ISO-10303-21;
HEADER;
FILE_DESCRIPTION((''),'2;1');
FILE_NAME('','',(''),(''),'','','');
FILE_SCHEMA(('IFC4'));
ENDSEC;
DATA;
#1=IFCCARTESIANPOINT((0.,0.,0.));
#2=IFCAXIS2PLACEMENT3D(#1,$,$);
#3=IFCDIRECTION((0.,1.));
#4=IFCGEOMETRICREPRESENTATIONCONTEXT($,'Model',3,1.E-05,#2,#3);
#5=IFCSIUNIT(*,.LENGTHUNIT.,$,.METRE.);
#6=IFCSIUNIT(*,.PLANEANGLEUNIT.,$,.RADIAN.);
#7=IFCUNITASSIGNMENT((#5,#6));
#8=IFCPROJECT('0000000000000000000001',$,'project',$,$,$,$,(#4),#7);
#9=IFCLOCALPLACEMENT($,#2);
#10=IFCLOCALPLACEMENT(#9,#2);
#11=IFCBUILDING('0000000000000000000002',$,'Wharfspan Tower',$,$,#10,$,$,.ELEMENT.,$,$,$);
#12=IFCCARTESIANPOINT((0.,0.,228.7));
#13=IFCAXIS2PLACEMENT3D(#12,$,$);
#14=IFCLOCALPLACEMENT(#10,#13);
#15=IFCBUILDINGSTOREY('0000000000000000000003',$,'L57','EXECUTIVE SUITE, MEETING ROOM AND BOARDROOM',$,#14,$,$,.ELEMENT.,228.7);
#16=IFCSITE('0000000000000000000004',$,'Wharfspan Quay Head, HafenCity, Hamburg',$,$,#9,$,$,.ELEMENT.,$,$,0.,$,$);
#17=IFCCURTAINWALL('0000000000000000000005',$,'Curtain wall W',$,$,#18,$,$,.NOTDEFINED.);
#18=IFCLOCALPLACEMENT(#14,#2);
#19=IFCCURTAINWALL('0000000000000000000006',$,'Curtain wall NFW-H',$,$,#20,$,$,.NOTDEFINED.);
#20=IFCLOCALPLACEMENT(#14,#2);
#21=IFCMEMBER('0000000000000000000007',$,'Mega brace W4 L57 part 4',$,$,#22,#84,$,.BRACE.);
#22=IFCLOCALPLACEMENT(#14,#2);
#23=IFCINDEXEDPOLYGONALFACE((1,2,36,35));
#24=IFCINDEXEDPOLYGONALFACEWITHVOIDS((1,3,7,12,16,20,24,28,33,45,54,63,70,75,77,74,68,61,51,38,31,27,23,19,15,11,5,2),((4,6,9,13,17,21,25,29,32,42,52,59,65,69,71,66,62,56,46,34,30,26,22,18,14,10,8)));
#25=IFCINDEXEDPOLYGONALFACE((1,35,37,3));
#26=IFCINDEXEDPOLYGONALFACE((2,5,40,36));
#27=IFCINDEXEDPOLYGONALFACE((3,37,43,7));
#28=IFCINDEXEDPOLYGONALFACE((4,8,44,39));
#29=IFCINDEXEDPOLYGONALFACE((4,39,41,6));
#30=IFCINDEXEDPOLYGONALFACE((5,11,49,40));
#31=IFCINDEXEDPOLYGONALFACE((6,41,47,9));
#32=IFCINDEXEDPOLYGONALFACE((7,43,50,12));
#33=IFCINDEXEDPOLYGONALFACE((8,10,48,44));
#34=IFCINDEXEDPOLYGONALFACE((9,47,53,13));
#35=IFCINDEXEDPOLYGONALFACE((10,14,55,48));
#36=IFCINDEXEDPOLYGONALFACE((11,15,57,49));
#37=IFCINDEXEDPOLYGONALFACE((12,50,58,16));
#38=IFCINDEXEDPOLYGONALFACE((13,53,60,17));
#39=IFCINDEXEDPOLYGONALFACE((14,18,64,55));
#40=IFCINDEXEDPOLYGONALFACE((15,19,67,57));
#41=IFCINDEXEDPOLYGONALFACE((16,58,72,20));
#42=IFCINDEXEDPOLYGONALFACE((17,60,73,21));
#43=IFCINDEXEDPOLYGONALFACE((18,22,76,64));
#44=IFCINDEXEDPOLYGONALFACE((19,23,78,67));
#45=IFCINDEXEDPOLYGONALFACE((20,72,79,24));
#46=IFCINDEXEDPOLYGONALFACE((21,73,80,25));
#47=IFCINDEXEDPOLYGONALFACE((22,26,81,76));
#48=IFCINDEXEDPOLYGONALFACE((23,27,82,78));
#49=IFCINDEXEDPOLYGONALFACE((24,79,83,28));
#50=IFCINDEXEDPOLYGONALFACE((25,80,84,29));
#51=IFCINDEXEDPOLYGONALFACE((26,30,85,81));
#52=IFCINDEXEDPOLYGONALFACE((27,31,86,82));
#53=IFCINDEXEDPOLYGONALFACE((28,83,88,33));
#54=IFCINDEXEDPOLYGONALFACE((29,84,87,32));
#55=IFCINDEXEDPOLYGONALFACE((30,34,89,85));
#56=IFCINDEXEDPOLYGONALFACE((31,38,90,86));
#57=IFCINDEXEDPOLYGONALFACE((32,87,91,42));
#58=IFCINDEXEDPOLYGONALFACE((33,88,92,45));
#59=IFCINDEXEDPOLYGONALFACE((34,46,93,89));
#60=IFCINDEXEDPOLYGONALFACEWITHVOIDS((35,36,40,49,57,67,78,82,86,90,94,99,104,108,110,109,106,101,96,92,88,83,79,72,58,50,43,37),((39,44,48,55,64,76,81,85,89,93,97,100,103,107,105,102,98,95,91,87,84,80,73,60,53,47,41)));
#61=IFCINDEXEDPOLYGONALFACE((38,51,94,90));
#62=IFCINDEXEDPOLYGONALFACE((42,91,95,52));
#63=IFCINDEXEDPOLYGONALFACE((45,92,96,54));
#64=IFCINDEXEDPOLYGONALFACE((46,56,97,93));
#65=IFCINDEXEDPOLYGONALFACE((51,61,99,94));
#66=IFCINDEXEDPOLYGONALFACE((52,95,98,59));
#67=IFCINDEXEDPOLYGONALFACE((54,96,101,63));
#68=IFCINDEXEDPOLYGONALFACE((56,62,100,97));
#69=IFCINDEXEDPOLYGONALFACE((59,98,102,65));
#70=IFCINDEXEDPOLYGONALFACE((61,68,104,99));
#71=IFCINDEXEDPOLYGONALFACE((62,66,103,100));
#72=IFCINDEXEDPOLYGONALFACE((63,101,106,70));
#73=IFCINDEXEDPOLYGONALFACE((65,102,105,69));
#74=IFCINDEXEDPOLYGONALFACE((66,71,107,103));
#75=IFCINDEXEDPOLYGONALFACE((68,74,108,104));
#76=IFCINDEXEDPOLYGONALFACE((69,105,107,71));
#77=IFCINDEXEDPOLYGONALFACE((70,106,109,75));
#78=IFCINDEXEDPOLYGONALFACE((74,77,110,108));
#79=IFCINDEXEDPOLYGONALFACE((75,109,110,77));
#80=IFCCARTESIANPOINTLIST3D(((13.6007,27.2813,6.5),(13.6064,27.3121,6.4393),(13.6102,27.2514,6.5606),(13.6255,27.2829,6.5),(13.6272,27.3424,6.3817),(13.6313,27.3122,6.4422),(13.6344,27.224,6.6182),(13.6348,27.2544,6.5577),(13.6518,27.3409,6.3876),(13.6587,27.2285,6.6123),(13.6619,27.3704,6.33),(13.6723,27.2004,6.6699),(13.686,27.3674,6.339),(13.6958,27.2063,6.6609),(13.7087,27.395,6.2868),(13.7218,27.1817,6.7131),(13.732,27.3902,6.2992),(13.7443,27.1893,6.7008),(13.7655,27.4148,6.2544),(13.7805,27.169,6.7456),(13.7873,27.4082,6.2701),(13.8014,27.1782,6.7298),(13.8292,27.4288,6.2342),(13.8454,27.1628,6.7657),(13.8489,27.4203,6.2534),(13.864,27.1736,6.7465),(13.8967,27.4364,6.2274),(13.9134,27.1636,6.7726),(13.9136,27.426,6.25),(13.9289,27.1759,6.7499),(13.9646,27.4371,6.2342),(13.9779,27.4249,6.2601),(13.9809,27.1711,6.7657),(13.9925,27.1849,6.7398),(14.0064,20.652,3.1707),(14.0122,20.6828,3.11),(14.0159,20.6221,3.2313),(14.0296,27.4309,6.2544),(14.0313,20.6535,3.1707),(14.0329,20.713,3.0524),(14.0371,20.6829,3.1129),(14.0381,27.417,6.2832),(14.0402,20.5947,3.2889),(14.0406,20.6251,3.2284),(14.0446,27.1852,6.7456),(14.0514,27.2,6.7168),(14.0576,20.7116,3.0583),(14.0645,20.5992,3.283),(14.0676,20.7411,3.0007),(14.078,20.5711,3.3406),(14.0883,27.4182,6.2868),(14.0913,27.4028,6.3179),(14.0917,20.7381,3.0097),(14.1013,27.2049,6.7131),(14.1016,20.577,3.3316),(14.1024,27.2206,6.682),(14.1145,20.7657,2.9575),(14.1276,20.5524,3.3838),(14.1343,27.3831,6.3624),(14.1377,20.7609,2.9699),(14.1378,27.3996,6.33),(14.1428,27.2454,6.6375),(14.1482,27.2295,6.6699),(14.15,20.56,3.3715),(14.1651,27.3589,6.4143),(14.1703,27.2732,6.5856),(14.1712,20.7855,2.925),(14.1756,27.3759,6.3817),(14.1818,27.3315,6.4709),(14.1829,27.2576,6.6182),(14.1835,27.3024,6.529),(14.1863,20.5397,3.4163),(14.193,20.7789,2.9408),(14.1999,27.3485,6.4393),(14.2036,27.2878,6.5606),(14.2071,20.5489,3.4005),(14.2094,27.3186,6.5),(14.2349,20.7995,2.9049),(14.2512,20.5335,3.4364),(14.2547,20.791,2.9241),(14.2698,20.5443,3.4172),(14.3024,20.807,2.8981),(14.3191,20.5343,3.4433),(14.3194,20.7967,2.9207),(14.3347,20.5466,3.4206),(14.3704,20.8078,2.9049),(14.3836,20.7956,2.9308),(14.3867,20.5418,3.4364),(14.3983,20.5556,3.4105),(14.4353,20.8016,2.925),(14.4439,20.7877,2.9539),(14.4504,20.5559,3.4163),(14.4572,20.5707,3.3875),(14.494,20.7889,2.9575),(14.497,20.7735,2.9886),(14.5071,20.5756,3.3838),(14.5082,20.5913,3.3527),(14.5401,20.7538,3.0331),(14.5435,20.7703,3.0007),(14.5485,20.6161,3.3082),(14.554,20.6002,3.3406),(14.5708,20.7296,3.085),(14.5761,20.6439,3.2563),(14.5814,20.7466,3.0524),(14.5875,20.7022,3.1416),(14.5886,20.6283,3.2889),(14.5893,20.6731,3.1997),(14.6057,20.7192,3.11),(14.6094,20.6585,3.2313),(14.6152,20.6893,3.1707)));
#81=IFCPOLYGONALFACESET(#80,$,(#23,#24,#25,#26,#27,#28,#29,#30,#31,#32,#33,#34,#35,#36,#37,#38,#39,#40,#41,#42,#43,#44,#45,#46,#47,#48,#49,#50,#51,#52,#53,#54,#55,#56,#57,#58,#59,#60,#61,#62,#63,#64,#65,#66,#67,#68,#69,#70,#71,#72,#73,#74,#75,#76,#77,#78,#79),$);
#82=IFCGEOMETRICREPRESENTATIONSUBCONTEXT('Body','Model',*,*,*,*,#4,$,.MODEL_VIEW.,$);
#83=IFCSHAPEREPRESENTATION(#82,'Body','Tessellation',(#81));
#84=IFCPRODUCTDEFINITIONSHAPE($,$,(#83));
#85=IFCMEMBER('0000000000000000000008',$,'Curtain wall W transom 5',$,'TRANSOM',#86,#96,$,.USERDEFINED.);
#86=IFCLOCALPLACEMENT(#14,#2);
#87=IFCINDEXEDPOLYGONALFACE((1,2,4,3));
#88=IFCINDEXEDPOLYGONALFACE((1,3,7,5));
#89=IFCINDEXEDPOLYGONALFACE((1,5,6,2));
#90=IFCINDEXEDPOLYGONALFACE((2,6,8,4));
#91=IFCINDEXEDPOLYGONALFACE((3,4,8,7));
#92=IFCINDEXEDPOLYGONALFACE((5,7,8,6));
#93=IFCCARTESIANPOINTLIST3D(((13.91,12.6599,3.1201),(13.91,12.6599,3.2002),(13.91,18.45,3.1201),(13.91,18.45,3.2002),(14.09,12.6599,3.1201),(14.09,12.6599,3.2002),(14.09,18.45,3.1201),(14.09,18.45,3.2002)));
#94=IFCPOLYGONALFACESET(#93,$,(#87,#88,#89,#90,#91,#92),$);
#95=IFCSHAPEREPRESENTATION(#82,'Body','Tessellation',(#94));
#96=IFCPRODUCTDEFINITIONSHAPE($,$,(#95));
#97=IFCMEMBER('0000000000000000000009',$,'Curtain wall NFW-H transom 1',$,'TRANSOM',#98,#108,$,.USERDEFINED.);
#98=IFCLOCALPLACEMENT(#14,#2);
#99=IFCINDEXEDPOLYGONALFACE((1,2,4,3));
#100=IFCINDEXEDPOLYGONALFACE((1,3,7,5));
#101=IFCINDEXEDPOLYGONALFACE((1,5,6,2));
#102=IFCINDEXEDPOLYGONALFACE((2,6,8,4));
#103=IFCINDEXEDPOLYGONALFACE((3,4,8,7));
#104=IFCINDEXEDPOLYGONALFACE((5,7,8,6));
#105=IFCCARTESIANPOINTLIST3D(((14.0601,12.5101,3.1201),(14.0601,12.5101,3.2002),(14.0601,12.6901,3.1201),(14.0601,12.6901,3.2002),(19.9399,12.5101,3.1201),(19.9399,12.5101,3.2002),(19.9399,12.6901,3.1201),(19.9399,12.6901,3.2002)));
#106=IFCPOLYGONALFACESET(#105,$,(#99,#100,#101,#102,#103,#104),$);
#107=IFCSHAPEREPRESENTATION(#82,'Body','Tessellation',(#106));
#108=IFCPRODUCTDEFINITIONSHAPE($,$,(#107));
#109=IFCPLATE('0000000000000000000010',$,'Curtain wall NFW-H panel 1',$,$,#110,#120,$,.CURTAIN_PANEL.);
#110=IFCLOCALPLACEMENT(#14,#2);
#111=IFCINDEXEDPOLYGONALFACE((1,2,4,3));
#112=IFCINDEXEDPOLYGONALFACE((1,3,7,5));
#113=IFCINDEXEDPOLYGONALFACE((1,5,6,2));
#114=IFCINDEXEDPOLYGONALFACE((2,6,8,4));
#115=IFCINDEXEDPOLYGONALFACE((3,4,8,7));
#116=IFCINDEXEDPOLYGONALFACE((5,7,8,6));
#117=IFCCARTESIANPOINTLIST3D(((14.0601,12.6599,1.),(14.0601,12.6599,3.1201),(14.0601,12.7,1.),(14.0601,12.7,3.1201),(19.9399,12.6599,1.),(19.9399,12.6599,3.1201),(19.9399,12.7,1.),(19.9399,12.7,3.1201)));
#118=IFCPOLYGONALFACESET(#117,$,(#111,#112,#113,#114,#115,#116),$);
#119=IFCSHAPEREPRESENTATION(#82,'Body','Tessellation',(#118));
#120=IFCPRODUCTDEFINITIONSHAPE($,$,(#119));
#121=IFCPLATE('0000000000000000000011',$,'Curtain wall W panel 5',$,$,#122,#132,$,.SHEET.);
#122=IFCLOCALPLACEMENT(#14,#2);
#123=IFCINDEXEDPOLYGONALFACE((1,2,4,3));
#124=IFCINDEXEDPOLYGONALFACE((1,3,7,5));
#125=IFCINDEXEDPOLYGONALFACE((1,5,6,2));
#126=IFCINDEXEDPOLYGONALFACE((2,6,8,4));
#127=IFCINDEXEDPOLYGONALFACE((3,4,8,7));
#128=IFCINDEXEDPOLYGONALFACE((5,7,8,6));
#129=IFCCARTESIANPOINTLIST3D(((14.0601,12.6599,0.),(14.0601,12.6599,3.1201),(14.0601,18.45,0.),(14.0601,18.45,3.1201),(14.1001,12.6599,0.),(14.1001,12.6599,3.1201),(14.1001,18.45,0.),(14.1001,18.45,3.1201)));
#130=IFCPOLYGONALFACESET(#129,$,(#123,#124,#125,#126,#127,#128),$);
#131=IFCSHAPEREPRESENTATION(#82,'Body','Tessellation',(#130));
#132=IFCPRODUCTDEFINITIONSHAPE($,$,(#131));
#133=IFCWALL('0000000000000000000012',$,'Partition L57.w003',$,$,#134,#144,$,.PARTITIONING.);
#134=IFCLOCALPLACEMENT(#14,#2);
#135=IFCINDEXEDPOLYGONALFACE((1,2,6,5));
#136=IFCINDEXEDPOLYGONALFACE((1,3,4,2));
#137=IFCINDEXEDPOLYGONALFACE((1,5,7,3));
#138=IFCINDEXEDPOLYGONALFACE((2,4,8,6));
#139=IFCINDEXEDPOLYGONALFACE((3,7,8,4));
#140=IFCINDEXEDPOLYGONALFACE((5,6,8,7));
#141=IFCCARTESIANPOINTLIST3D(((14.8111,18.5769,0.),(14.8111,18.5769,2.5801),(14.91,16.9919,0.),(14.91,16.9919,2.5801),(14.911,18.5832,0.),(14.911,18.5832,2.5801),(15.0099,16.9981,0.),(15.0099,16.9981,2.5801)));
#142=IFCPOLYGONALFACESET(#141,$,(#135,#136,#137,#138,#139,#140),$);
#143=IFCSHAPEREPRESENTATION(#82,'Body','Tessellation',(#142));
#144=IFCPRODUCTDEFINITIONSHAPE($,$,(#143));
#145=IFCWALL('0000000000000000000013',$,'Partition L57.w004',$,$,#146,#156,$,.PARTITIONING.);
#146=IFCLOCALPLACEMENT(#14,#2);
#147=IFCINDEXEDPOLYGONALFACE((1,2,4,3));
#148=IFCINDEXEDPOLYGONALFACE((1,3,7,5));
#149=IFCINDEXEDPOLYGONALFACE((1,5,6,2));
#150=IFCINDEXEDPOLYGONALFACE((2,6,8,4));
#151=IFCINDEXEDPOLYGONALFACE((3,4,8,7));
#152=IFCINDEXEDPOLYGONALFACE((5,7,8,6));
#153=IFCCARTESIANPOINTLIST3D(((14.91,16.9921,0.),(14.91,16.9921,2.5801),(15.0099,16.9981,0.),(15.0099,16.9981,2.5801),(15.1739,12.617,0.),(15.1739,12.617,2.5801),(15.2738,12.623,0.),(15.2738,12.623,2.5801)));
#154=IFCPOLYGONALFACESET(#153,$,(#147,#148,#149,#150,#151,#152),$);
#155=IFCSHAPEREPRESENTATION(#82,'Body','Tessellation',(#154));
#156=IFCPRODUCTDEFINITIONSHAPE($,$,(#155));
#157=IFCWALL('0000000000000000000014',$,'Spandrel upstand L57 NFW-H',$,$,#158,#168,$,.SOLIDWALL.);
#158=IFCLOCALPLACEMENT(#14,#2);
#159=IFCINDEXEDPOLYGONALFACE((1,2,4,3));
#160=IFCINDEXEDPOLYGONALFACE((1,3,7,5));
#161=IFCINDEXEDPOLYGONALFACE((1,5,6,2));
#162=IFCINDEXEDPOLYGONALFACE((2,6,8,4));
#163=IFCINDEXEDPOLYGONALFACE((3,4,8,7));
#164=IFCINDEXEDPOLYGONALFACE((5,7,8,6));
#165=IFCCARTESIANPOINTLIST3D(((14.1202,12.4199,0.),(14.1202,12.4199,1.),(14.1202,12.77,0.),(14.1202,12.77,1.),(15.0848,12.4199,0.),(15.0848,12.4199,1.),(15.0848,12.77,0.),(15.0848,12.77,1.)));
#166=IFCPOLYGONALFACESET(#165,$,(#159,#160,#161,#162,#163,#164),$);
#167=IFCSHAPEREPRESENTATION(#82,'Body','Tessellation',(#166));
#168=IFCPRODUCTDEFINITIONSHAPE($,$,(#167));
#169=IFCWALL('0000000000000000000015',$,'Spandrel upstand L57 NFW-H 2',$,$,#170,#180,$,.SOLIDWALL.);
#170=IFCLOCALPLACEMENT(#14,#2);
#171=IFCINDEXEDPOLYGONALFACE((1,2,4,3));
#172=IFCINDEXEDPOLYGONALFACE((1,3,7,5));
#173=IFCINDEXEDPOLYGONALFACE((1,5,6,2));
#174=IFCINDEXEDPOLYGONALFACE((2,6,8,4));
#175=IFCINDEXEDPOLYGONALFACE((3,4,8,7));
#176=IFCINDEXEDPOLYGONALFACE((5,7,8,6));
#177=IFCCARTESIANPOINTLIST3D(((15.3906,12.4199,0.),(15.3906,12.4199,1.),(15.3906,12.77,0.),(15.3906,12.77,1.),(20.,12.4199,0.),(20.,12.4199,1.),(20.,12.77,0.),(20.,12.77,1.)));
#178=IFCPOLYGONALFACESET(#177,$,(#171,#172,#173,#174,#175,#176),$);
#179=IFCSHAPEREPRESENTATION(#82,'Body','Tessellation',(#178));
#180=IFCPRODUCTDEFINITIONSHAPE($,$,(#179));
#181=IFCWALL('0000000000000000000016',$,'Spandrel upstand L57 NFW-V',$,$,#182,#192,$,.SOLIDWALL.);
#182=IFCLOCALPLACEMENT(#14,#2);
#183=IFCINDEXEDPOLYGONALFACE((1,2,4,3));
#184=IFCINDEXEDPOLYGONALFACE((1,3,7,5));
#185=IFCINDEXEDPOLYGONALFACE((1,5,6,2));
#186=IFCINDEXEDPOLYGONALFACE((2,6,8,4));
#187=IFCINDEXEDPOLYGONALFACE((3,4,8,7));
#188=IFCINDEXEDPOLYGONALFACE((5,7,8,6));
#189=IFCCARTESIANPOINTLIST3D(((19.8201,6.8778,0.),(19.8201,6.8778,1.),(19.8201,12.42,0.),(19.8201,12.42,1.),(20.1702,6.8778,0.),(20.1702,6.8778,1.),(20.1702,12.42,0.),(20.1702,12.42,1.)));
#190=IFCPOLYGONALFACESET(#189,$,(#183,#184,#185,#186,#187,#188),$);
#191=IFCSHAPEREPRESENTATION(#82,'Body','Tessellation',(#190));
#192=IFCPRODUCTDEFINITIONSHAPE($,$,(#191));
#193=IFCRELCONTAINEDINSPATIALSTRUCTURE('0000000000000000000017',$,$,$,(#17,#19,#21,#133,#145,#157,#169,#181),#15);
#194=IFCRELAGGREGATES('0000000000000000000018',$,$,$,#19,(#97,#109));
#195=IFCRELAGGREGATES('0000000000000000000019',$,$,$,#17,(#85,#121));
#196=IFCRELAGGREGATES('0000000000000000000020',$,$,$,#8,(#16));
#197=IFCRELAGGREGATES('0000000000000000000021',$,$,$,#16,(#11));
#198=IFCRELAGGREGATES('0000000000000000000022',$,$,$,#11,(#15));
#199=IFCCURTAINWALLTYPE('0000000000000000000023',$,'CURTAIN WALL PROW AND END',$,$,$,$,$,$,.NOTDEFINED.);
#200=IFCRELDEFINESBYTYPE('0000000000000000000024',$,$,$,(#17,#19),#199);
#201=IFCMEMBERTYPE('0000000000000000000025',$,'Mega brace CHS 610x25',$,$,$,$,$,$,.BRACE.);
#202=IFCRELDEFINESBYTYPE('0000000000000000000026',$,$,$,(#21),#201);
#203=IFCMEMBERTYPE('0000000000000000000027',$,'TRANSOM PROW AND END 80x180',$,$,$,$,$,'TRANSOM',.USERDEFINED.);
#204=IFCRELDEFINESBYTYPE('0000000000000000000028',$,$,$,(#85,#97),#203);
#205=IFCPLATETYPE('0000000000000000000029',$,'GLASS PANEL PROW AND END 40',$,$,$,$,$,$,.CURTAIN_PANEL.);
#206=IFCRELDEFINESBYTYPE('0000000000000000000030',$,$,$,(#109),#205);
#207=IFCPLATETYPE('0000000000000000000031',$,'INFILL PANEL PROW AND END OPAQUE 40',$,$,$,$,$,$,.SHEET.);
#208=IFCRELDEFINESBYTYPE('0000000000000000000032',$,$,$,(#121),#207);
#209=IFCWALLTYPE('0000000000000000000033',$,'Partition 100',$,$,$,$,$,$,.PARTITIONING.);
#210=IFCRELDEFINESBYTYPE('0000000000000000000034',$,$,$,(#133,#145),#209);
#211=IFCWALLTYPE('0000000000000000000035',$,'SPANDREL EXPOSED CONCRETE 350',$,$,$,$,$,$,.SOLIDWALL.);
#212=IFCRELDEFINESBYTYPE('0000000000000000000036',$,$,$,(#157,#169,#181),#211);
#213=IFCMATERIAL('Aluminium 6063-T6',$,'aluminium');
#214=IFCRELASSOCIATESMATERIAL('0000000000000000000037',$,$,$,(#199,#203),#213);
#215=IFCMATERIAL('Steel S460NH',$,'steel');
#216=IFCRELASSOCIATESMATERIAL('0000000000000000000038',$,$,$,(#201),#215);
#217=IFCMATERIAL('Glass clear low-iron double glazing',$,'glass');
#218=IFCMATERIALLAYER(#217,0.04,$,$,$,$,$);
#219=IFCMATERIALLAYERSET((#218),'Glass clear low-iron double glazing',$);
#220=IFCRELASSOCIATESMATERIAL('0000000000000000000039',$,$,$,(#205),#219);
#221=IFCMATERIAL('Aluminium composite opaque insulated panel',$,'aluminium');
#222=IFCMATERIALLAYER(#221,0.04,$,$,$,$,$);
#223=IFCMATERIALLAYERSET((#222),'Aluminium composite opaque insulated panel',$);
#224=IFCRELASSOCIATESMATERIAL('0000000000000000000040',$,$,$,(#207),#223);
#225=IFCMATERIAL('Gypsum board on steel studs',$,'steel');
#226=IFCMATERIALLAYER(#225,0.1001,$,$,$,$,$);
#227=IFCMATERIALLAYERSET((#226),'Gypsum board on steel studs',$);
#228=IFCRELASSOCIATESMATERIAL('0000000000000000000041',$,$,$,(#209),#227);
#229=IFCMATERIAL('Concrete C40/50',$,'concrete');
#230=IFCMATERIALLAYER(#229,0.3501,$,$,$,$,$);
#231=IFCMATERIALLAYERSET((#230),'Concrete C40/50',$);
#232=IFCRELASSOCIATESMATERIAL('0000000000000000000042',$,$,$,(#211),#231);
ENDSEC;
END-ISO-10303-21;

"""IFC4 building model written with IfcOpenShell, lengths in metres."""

from ifc_helpers import new_model, si_unit, direction, frame, frame_2d, origin, origin_2d, place, context, subcontext, project, spatial, rectangle, hollow_circle, extrude, material, layer, layer_set, material_profile, profile_set, type_object, element, aggregate, save


model = new_model("IFC4")

# Units and contexts
model_context = context("Model", 3, precision=1e-05, world=origin(), true_north=direction((0.0, 1.0)))
body_context = subcontext(model_context, "Body", "Model", "MODEL_VIEW")
ifc_project = project(units=[si_unit("LENGTHUNIT", "METRE"), si_unit("PLANEANGLEUNIT", "RADIAN")], contexts=[model_context])

# Site, building, storey
site_placement = place(None, origin())
site = spatial("IfcSite", under=ifc_project, at=site_placement, Name="Wharfspan Quay Head, HafenCity, Hamburg", CompositionType="ELEMENT", RefElevation=0.0)
building_placement = place(site_placement, origin())
building = spatial("IfcBuilding", under=site, at=building_placement, Name="Wharfspan Tower", CompositionType="ELEMENT")
storey_placement = place(building_placement, frame((0.0, 0.0, 228.7)))
storey = spatial("IfcBuildingStorey", under=building, at=storey_placement, Name="L57", Description="EXECUTIVE SUITE, MEETING ROOM AND BOARDROOM", CompositionType="ELEMENT", Elevation=228.7)

# Curtain walls
ifc_material_1 = material(Name="Aluminium 6063-T6", Category="aluminium")
curtain_wall_type = type_object("IfcCurtainWallType", Name="CURTAIN WALL PROW AND END", PredefinedType="NOTDEFINED", material=ifc_material_1)
curtain_wall_1_placement = place(storey_placement, origin())
curtain_wall_1 = element("IfcCurtainWall", 1, at=curtain_wall_1_placement, inside=storey, type_object=curtain_wall_type, Name="Curtain wall W", PredefinedType="NOTDEFINED")
curtain_wall_2_placement = place(storey_placement, origin())
curtain_wall_2 = element("IfcCurtainWall", 2, at=curtain_wall_2_placement, inside=storey, type_object=curtain_wall_type, Name="Curtain wall NFW-H", PredefinedType="NOTDEFINED")

# Member
ifc_material_2 = material(Name="Steel S460NH", Category="steel")
ifc_material_profile_1 = material_profile(ifc_material_2, hollow_circle(Radius=0.3049, WallThickness=0.0249, at=origin_2d()))
ifc_profile_set_1 = profile_set([ifc_material_profile_1], Name="Steel S460NH")
member_type_1 = type_object("IfcMemberType", Name="Mega brace CHS 610x25", PredefinedType="BRACE", material=ifc_profile_set_1)
for number, where, z_axis, x_axis, name in (
    (3, (14.3108, 20.6707, 3.1707), (-0.054615, 0.892302, 0.448123), (-0.998132, -0.061091, -0.000003), "Mega brace W4 L57 part 4"),
):
    element("IfcMember", number, at=place(storey_placement, frame(where, z_axis=z_axis, x_axis=x_axis)), inside=storey, type_object=member_type_1, Name=name, PredefinedType="BRACE", context=body_context, shape_type="SweptSolid", body=[
        extrude(hollow_circle(Radius=0.3049, WallThickness=0.0249, at=origin_2d()), origin(), (0.0, 0.0, 1.0), 7.4294),
    ])

# Members
ifc_material_profile_2 = material_profile(ifc_material_1, rectangle(XDim=0.1799, YDim=0.0801, at=origin_2d()))
ifc_profile_set_2 = profile_set([ifc_material_profile_2], Name="Aluminium 6063-T6")
member_type_2 = type_object("IfcMemberType", Name="TRANSOM PROW AND END 80x180", ElementType="TRANSOM", PredefinedType="USERDEFINED", material=ifc_profile_set_2)
member_1_placement = place(storey_placement, frame((14.0, 18.45, 3.1602), z_axis=(0.0, -1.0, 0.0), x_axis=(1.0, 0.0, 0.0)))
member_1 = element("IfcMember", 4, at=member_1_placement, type_object=member_type_2, Name="Curtain wall W transom 5", ObjectType="TRANSOM", PredefinedType="USERDEFINED", context=body_context, shape_type="SweptSolid", body=[
    extrude(rectangle(XDim=0.1799, YDim=0.0801, at=origin_2d()), origin(), (0.0, 0.0, 1.0), 5.79),
])
member_2_placement = place(storey_placement, frame((14.0601, 12.6001, 3.1602), z_axis=(1.0, 0.0, 0.0), x_axis=(0.0, 1.0, 0.0)))
member_2 = element("IfcMember", 5, at=member_2_placement, type_object=member_type_2, Name="Curtain wall NFW-H transom 1", ObjectType="TRANSOM", PredefinedType="USERDEFINED", context=body_context, shape_type="SweptSolid", body=[
    extrude(rectangle(XDim=0.1799, YDim=0.0801, at=origin_2d()), origin(), (0.0, 0.0, 1.0), 5.8799),
])

# Plates
ifc_material_3 = material(Name="Glass clear low-iron double glazing", Category="glass")
ifc_layer_1 = layer(ifc_material_3, 0.04)
ifc_layer_set_1 = layer_set([ifc_layer_1], Name="Glass clear low-iron double glazing")
plate_type_1 = type_object("IfcPlateType", Name="GLASS PANEL PROW AND END 40", PredefinedType="CURTAIN_PANEL", material=ifc_layer_set_1)
plate_1_placement = place(storey_placement, frame((17.0, 12.6799, 1.0), z_axis=(0.0, 0.0, 1.0), x_axis=(1.0, 0.0, 0.0)))
plate_1 = element("IfcPlate", 6, at=plate_1_placement, type_object=plate_type_1, Name="Curtain wall NFW-H panel 1", PredefinedType="CURTAIN_PANEL", context=body_context, shape_type="SweptSolid", body=[
    extrude(rectangle(XDim=5.8799, YDim=0.04, at=origin_2d()), origin(), (0.0, 0.0, 1.0), 2.1201),
])
aggregate(curtain_wall_2, [member_2, plate_1])
ifc_material_4 = material(Name="Aluminium composite opaque insulated panel", Category="aluminium")
ifc_layer_2 = layer(ifc_material_4, 0.04)
ifc_layer_set_2 = layer_set([ifc_layer_2], Name="Aluminium composite opaque insulated panel")
plate_type_2 = type_object("IfcPlateType", Name="INFILL PANEL PROW AND END OPAQUE 40", PredefinedType="SHEET", material=ifc_layer_set_2)
plate_2_placement = place(storey_placement, frame((14.0801, 15.5549, 0.0), z_axis=(0.0, 0.0, 1.0), x_axis=(0.0, -1.0, 0.0)))
plate_2 = element("IfcPlate", 7, at=plate_2_placement, type_object=plate_type_2, Name="Curtain wall W panel 5", PredefinedType="SHEET", context=body_context, shape_type="SweptSolid", body=[
    extrude(rectangle(XDim=5.79, YDim=0.04, at=origin_2d()), origin(), (0.0, 0.0, 1.0), 3.1201),
])
aggregate(curtain_wall_1, [member_1, plate_2])

# Walls
ifc_material_5 = material(Name="Gypsum board on steel studs", Category="steel")
ifc_layer_3 = layer(ifc_material_5, 0.1001)
ifc_layer_set_3 = layer_set([ifc_layer_3], Name="Gypsum board on steel studs")
wall_type_1 = type_object("IfcWallType", Name="Partition 100", PredefinedType="PARTITIONING", material=ifc_layer_set_3)
wall_1_placement = place(storey_placement, frame((14.96, 16.9951, 0.0), z_axis=(0.0, 0.0, 1.0), x_axis=(-0.062263, 0.998056, 0.0)))
element("IfcWall", 8, at=wall_1_placement, inside=storey, type_object=wall_type_1, Name="Partition L57.w003", PredefinedType="PARTITIONING", context=body_context, shape_type="SweptSolid", body=[
    extrude(rectangle(XDim=1.5881, YDim=0.1001, at=frame_2d((0.7939, 0.0))), origin(), (0.0, 0.0, 1.0), 2.5801),
])
wall_2_placement = place(storey_placement, frame((15.2239, 12.6201, 0.0), z_axis=(0.0, 0.0, 1.0), x_axis=(-0.060214, 0.998182, 0.0)))
element("IfcWall", 9, at=wall_2_placement, inside=storey, type_object=wall_type_1, Name="Partition L57.w004", PredefinedType="PARTITIONING", context=body_context, shape_type="SweptSolid", body=[
    extrude(rectangle(XDim=4.3831, YDim=0.1001, at=frame_2d((2.1914, 0.0))), origin(), (0.0, 0.0, 1.0), 2.5801),
])
ifc_material_6 = material(Name="Concrete C40/50", Category="concrete")
ifc_layer_4 = layer(ifc_material_6, 0.3501)
ifc_layer_set_4 = layer_set([ifc_layer_4], Name="Concrete C40/50")
wall_type_2 = type_object("IfcWallType", Name="SPANDREL EXPOSED CONCRETE 350", PredefinedType="SOLIDWALL", material=ifc_layer_set_4)
wall_3_placement = place(storey_placement, frame((14.1201, 12.595, 0.0), z_axis=(0.0, 0.0, 1.0), x_axis=(1.0, 0.0, 0.0)))
element("IfcWall", 10, at=wall_3_placement, inside=storey, type_object=wall_type_2, Name="Spandrel upstand L57 NFW-H", PredefinedType="SOLIDWALL", context=body_context, shape_type="SweptSolid", body=[
    extrude(rectangle(XDim=0.9646, YDim=0.3501, at=frame_2d((0.4824, 0.0))), origin(), (0.0, 0.0, 1.0), 1.0),
])
wall_4_placement = place(storey_placement, frame((15.3906, 12.595, 0.0), z_axis=(0.0, 0.0, 1.0), x_axis=(1.0, 0.0, 0.0)))
element("IfcWall", 11, at=wall_4_placement, inside=storey, type_object=wall_type_2, Name="Spandrel upstand L57 NFW-H 2", PredefinedType="SOLIDWALL", context=body_context, shape_type="SweptSolid", body=[
    extrude(rectangle(XDim=4.6094, YDim=0.3501, at=frame_2d((2.3047, 0.0))), origin(), (0.0, 0.0, 1.0), 1.0),
])
wall_5_placement = place(storey_placement, frame((19.9951, 12.4199, 0.0), z_axis=(0.0, 0.0, 1.0), x_axis=(0.0, -1.0, 0.0)))
element("IfcWall", 12, at=wall_5_placement, inside=storey, type_object=wall_type_2, Name="Spandrel upstand L57 NFW-V", PredefinedType="SOLIDWALL", context=body_context, shape_type="SweptSolid", body=[
    extrude(rectangle(XDim=5.5422, YDim=0.3501, at=frame_2d((2.771, 0.0))), origin(), (0.0, 0.0, 1.0), 1.0),
])

save(model, "model.ifc")
